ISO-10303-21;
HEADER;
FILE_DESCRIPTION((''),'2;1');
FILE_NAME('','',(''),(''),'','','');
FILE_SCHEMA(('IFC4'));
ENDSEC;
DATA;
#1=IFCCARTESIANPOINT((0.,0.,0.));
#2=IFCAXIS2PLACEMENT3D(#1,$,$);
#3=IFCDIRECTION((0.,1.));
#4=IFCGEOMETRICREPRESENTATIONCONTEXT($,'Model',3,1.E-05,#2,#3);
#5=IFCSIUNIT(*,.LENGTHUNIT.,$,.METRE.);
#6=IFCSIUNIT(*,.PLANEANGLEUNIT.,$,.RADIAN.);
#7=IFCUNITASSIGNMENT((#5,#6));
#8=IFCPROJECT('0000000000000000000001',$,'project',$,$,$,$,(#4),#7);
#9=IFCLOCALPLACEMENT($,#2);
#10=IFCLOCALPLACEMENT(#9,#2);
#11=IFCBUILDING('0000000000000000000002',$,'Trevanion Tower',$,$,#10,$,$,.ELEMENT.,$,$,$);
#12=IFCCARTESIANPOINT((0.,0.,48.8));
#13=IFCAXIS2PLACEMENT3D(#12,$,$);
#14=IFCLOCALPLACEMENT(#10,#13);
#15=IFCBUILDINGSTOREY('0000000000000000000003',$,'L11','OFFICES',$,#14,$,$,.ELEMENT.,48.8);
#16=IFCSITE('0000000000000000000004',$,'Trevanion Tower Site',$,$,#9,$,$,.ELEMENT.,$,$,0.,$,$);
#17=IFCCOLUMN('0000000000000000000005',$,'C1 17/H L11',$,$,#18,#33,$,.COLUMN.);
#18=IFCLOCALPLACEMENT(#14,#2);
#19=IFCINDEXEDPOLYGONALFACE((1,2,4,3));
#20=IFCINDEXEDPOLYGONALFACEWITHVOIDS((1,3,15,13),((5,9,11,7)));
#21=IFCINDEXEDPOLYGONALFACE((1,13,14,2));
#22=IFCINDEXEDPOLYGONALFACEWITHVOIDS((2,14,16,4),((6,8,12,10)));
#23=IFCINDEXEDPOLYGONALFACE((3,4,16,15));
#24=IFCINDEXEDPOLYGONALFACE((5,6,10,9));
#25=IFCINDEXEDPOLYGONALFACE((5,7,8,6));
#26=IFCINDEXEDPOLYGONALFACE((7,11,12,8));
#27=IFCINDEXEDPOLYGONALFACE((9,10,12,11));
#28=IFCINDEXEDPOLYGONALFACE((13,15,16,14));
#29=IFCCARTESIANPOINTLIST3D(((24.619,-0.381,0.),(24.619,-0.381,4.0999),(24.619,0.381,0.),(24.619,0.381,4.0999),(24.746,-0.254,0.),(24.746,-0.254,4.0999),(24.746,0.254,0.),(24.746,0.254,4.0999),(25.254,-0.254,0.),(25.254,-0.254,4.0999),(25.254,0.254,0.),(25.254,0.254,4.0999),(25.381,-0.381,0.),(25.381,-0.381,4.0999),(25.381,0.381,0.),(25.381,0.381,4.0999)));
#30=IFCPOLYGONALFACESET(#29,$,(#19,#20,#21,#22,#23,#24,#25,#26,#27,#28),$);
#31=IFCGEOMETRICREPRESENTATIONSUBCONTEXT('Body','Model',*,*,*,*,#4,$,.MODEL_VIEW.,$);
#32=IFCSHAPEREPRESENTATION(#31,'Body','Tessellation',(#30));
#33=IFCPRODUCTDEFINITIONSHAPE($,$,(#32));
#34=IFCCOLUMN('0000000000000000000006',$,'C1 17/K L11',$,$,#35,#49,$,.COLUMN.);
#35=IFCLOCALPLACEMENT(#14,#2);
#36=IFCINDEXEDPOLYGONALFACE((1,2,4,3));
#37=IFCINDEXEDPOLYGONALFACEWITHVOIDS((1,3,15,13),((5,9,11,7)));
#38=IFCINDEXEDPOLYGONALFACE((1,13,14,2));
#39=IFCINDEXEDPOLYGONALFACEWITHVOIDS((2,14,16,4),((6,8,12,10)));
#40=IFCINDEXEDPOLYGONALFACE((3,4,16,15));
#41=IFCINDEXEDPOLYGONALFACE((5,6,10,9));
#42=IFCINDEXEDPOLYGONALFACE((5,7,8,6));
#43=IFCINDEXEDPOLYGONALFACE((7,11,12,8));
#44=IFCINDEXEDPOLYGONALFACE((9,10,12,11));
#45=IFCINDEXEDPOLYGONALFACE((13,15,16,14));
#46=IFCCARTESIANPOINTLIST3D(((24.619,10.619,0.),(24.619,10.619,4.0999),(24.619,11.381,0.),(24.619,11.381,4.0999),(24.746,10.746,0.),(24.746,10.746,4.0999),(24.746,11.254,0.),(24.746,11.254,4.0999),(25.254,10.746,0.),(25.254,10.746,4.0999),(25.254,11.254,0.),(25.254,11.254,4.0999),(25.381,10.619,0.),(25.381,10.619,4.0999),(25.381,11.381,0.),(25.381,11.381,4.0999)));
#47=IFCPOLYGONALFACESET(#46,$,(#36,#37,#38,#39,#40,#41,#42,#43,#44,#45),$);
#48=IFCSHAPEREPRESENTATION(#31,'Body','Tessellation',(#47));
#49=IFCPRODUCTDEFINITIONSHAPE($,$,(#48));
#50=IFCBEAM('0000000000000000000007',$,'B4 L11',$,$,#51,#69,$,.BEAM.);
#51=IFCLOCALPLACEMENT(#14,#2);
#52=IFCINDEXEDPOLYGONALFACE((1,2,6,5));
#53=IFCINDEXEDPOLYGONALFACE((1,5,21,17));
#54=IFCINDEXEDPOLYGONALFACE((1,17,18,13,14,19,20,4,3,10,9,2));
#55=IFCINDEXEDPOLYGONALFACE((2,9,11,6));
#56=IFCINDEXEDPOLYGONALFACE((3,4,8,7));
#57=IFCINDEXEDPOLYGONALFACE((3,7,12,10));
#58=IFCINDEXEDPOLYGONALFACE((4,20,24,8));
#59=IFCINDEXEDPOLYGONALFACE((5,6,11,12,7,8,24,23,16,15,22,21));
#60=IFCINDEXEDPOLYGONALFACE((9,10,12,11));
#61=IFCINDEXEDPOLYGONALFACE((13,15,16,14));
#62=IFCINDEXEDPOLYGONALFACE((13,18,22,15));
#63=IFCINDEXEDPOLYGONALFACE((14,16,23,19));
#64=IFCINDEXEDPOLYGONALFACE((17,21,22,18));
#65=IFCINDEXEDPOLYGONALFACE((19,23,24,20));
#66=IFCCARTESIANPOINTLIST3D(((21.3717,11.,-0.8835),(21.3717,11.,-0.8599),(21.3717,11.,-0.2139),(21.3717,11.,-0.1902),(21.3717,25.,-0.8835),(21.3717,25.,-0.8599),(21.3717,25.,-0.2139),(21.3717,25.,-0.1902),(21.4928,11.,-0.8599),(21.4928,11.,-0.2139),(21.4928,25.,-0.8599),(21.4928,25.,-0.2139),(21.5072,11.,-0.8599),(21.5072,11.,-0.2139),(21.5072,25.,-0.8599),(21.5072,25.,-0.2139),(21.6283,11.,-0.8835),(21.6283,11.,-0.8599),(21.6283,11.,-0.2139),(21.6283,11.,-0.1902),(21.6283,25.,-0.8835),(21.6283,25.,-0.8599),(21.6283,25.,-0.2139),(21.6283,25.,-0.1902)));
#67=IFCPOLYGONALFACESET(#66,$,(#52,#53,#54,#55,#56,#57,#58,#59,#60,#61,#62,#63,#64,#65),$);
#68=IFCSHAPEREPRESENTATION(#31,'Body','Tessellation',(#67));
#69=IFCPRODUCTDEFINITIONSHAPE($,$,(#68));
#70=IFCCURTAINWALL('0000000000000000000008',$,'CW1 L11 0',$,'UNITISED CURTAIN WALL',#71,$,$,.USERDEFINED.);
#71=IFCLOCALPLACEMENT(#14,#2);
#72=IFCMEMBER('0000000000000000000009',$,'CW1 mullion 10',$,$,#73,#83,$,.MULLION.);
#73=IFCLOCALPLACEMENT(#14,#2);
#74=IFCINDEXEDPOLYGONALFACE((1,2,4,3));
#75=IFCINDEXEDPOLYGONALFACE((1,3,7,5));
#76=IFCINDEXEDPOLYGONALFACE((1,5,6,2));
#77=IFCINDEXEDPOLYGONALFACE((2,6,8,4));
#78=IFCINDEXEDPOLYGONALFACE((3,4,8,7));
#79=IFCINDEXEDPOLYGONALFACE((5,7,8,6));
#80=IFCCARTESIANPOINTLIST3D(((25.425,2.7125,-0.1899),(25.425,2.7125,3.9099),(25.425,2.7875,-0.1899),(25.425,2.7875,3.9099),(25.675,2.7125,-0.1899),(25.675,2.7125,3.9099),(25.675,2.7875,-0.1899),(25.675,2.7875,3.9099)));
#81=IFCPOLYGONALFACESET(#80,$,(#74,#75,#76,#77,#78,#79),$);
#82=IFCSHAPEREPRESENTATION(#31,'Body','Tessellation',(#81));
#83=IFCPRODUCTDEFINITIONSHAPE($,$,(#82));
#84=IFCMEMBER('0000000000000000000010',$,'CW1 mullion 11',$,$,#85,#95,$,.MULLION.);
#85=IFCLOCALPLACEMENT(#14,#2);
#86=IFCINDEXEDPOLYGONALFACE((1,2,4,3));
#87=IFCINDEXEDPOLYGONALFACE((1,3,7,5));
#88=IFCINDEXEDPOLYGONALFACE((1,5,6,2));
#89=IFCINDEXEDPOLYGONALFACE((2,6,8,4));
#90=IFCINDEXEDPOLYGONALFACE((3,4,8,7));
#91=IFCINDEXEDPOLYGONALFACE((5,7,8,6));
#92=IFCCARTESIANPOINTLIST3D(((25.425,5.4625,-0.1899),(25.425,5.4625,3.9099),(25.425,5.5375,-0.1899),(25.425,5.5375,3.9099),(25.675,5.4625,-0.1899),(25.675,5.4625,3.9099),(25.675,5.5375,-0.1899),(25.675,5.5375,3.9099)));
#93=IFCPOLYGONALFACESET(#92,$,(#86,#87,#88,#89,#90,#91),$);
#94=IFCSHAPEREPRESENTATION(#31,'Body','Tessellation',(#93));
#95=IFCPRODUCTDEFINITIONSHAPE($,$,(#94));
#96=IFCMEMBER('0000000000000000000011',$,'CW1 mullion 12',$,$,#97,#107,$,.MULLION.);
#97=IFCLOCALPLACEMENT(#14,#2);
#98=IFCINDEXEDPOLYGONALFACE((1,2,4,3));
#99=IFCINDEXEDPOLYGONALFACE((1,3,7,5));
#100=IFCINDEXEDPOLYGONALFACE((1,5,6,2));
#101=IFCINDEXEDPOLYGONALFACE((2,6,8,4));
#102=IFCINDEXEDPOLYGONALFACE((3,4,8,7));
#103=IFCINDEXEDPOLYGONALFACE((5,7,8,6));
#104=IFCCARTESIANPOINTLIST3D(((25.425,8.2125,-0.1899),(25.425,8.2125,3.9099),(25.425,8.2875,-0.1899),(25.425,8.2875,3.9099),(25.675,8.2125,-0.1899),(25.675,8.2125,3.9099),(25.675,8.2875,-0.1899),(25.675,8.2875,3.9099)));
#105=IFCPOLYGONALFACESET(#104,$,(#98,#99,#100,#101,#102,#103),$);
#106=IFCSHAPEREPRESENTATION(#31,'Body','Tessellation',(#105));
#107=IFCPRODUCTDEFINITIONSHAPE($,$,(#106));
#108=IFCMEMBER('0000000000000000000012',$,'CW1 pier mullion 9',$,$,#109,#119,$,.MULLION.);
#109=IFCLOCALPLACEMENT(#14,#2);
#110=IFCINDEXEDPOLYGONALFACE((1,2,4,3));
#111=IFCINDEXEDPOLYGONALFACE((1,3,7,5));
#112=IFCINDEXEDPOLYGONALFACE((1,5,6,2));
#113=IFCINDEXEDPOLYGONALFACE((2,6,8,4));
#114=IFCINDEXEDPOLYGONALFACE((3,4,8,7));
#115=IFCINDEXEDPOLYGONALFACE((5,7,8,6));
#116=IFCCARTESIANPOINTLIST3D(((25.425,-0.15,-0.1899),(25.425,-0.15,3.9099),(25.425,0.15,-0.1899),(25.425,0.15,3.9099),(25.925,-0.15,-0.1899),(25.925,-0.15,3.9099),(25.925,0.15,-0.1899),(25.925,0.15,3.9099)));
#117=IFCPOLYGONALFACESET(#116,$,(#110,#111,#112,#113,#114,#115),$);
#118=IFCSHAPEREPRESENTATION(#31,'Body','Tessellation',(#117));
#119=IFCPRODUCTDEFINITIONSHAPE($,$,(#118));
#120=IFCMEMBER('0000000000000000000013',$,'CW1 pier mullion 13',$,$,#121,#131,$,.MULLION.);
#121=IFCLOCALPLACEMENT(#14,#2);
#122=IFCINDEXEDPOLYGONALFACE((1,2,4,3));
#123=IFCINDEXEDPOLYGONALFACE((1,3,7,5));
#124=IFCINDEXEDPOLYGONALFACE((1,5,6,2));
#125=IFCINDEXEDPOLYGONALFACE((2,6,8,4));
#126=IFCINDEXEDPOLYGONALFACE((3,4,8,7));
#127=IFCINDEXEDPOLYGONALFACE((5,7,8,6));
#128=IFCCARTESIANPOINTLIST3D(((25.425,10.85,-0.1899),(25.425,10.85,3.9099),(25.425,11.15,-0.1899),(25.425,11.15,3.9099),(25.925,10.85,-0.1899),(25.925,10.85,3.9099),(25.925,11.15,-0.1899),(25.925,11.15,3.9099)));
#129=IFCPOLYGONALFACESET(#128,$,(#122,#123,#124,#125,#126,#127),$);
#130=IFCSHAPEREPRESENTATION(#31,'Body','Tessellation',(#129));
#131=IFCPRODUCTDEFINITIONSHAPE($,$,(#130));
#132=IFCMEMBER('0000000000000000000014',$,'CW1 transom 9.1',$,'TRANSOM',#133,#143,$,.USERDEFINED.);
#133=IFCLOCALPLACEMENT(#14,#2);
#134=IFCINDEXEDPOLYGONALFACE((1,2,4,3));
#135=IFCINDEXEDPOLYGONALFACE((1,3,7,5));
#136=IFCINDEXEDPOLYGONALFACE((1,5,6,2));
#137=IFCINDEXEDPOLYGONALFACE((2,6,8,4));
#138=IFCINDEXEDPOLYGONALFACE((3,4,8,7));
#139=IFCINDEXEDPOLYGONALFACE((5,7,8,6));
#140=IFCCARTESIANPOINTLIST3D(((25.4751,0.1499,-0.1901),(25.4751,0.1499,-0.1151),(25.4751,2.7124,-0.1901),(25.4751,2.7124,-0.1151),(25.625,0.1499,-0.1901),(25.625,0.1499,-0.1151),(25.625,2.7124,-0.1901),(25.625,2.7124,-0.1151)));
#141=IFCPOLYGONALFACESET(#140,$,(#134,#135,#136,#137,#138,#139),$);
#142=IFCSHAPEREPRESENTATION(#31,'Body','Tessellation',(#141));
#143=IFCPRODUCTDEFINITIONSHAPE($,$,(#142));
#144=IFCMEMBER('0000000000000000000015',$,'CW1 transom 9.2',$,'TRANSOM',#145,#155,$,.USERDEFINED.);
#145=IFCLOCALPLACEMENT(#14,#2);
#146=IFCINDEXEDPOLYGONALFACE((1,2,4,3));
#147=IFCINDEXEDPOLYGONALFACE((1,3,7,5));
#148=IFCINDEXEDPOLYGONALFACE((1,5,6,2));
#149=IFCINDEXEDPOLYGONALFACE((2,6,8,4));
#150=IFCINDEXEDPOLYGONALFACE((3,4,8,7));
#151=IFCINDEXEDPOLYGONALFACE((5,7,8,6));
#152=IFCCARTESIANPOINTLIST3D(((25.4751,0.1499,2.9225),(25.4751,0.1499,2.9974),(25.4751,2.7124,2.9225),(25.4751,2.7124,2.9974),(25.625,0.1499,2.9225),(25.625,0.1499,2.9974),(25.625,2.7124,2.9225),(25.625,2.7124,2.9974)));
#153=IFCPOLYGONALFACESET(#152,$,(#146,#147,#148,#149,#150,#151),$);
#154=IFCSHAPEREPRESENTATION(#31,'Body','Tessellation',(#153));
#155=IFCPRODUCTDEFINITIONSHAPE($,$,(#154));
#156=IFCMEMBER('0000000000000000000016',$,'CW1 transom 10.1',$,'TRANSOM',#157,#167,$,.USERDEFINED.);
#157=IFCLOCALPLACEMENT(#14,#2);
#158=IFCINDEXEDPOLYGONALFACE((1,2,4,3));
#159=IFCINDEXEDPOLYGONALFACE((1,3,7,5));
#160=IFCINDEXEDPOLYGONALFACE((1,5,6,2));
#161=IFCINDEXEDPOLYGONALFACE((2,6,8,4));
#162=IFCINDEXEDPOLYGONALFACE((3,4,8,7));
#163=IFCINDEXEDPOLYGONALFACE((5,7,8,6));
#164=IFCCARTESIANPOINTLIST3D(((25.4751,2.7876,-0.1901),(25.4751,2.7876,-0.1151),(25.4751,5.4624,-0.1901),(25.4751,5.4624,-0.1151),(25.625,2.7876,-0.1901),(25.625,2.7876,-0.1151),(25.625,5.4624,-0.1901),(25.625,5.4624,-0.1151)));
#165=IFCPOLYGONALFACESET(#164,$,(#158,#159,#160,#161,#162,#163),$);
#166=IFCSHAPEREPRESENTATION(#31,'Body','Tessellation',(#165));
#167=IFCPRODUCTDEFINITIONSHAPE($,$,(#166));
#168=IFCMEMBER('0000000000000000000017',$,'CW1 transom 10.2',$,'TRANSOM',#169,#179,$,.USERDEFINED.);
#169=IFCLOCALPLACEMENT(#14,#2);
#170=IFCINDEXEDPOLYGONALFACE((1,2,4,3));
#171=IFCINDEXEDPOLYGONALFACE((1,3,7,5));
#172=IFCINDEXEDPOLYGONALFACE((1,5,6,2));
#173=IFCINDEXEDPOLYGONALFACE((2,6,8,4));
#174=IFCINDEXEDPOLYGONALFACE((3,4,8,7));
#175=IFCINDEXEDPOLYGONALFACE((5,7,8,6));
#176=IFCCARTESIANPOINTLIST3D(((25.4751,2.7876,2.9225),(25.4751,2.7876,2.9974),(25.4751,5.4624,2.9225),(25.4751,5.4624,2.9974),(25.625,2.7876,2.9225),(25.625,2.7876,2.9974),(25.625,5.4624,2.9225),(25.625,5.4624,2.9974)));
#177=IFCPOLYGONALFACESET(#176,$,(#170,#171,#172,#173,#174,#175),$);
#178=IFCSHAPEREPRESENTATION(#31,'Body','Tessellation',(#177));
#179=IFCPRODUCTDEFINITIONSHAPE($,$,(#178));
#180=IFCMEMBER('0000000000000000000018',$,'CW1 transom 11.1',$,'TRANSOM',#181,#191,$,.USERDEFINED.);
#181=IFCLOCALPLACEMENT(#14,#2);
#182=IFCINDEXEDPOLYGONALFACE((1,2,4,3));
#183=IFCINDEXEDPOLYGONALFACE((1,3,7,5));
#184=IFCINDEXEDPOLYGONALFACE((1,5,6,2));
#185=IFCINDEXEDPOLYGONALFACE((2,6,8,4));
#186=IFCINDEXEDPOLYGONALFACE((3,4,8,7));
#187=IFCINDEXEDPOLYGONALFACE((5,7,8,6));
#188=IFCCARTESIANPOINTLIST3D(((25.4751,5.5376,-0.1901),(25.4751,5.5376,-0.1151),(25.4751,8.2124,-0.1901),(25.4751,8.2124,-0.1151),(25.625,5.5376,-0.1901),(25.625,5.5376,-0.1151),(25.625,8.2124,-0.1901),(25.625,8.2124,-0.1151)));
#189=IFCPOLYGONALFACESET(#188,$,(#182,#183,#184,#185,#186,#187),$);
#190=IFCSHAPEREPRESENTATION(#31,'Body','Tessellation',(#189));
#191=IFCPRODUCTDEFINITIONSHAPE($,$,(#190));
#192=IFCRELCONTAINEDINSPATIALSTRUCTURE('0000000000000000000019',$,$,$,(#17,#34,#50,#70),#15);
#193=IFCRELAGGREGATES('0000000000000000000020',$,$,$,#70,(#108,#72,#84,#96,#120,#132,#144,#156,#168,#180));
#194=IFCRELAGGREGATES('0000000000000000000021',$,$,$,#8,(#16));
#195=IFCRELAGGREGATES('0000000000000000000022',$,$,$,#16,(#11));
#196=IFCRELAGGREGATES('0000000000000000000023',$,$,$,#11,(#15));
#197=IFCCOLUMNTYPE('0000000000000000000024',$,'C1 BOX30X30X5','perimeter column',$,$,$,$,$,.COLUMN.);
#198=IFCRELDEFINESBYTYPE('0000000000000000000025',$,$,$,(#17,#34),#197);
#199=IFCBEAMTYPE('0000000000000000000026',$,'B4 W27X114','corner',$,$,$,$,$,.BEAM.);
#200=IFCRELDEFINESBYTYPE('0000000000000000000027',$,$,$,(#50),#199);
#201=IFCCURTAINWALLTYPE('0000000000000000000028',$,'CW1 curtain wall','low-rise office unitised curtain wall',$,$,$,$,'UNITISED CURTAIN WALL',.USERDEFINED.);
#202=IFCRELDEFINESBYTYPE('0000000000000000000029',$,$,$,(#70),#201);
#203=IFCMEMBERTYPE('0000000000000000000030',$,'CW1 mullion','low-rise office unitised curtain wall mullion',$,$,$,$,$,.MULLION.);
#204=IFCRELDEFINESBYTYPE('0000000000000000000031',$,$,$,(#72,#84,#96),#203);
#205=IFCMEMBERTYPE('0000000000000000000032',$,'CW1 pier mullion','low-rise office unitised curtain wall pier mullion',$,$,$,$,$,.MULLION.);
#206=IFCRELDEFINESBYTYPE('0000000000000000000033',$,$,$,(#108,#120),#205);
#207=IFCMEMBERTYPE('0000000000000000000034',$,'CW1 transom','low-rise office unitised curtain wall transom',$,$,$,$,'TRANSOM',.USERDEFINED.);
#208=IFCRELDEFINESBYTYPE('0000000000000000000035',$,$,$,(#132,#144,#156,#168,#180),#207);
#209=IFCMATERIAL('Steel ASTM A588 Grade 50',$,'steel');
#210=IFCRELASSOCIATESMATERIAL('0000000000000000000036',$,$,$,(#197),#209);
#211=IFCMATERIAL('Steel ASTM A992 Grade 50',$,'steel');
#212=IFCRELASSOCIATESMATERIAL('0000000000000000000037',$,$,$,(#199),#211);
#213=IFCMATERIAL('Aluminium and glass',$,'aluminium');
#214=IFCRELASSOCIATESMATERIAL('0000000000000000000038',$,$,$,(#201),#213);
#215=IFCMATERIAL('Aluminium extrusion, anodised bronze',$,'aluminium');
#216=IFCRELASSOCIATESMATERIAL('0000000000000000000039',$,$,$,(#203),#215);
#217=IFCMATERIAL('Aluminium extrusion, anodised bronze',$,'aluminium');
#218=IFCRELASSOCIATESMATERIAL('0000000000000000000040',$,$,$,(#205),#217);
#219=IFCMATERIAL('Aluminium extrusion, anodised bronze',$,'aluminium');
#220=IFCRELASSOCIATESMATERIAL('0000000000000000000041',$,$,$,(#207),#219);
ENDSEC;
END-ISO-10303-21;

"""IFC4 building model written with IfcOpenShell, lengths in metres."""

from ifc_helpers import new_model, si_unit, direction, frame, origin, origin_2d, place, context, subcontext, project, spatial, rectangle, hollow_rectangle, i_section, extrude, material, material_profile, profile_set, type_object, element, aggregate, save


model = new_model("IFC4")

# Units and contexts
model_context = context("Model", 3, precision=1e-05, world=origin(), true_north=direction((0.0, 1.0)))
body_context = subcontext(model_context, "Body", "Model", "MODEL_VIEW")
ifc_project = project(units=[si_unit("LENGTHUNIT", "METRE"), si_unit("PLANEANGLEUNIT", "RADIAN")], contexts=[model_context])

# Site, building, storey
site_placement = place(None, origin())
site = spatial("IfcSite", under=ifc_project, at=site_placement, Name="Trevanion Tower Site", CompositionType="ELEMENT", RefElevation=0.0)
building_placement = place(site_placement, origin())
building = spatial("IfcBuilding", under=site, at=building_placement, Name="Trevanion Tower", CompositionType="ELEMENT")
storey_placement = place(building_placement, frame((0.0, 0.0, 48.8)))
storey = spatial("IfcBuildingStorey", under=building, at=storey_placement, Name="L11", Description="OFFICES", CompositionType="ELEMENT", Elevation=48.8)

# Columns
ifc_material_1 = material(Name="Steel ASTM A588 Grade 50", Category="steel")
ifc_material_profile_1 = material_profile(ifc_material_1, hollow_rectangle(XDim=0.762, YDim=0.762, WallThickness=0.127, at=origin_2d()), Name="BOX30X30X5")
ifc_profile_set_1 = profile_set([ifc_material_profile_1], Name="Steel ASTM A588 Grade 50")
column_type = type_object("IfcColumnType", Name="C1 BOX30X30X5", Description="perimeter column", PredefinedType="COLUMN", material=ifc_profile_set_1)
for number, where, z_axis, x_axis, name in (
    (1, (25.0, 0.0, 0.0), (0.0, 0.0, 1.0), (0.0, 1.0, 0.0), "C1 17/H L11"),
    (2, (25.0, 11.0, 0.0), (0.0, 0.0, 1.0), (0.0, 1.0, 0.0), "C1 17/K L11"),
):
    element("IfcColumn", number, at=place(storey_placement, frame(where, z_axis=z_axis, x_axis=x_axis)), inside=storey, type_object=column_type, Name=name, PredefinedType="COLUMN", context=body_context, shape_type="SweptSolid", body=[
        extrude(hollow_rectangle(XDim=0.762, YDim=0.762, WallThickness=0.127, at=origin_2d()), origin(), (0.0, 0.0, 1.0), 4.0999),
    ])

# Beam
ifc_material_2 = material(Name="Steel ASTM A992 Grade 50", Category="steel")
ifc_material_profile_2 = material_profile(ifc_material_2, i_section(OverallWidth=0.2566, OverallDepth=0.6934, WebThickness=0.0144, FlangeThickness=0.0237, at=origin_2d()), Name="W27X114")
ifc_profile_set_2 = profile_set([ifc_material_profile_2], Name="Steel ASTM A992 Grade 50")
beam_type_1 = type_object("IfcBeamType", Name="B4 W27X114", Description="corner", PredefinedType="BEAM", material=ifc_profile_set_2)
beam_1_placement = place(storey_placement, frame((21.5, 11.0, -0.5369), z_axis=(0.0, 1.0, 0.0), x_axis=(-1.0, 0.0, 0.0)))
element("IfcBeam", 3, at=beam_1_placement, inside=storey, type_object=beam_type_1, Name="B4 L11", PredefinedType="BEAM", context=body_context, shape_type="SweptSolid", body=[
    extrude(i_section(OverallWidth=0.2566, OverallDepth=0.6934, WebThickness=0.0144, FlangeThickness=0.0237, at=origin_2d()), origin(), (0.0, 0.0, 1.0), 14.0),
])

# Curtain wall, members
ifc_material_3 = material(Name="Aluminium and glass", Category="aluminium")
curtain_wall_type = type_object("IfcCurtainWallType", Name="CW1 curtain wall", Description="low-rise office unitised curtain wall", ElementType="UNITISED CURTAIN WALL", PredefinedType="USERDEFINED", material=ifc_material_3)
curtain_wall_placement = place(storey_placement, origin())
curtain_wall = element("IfcCurtainWall", 4, at=curtain_wall_placement, inside=storey, type_object=curtain_wall_type, Name="CW1 L11 0", ObjectType="UNITISED CURTAIN WALL", PredefinedType="USERDEFINED")
ifc_material_4 = material(Name="Aluminium extrusion, anodised bronze", Category="aluminium")
ifc_material_profile_3 = material_profile(ifc_material_4, rectangle(XDim=0.075, YDim=0.25, at=origin_2d()), Name="CW1 mullion")
ifc_profile_set_3 = profile_set([ifc_material_profile_3], Name="Aluminium extrusion, anodised bronze")
member_type_1 = type_object("IfcMemberType", Name="CW1 mullion", Description="low-rise office unitised curtain wall mullion", PredefinedType="MULLION", material=ifc_profile_set_3)
member_1_placement = place(storey_placement, frame((25.55, 2.75, -0.1899), z_axis=(0.0, 0.0, 1.0), x_axis=(0.0, 1.0, 0.0)))
member_1 = element("IfcMember", 5, at=member_1_placement, type_object=member_type_1, Name="CW1 mullion 10", PredefinedType="MULLION", context=body_context, shape_type="SweptSolid", body=[
    extrude(rectangle(XDim=0.075, YDim=0.25, at=origin_2d()), origin(), (0.0, 0.0, 1.0), 4.0999),
])
member_2_placement = place(storey_placement, frame((25.55, 5.5, -0.1899), z_axis=(0.0, 0.0, 1.0), x_axis=(0.0, 1.0, 0.0)))
member_2 = element("IfcMember", 6, at=member_2_placement, type_object=member_type_1, Name="CW1 mullion 11", PredefinedType="MULLION", context=body_context, shape_type="SweptSolid", body=[
    extrude(rectangle(XDim=0.075, YDim=0.25, at=origin_2d()), origin(), (0.0, 0.0, 1.0), 4.0999),
])
member_3_placement = place(storey_placement, frame((25.55, 8.25, -0.1899), z_axis=(0.0, 0.0, 1.0), x_axis=(0.0, 1.0, 0.0)))
member_3 = element("IfcMember", 7, at=member_3_placement, type_object=member_type_1, Name="CW1 mullion 12", PredefinedType="MULLION", context=body_context, shape_type="SweptSolid", body=[
    extrude(rectangle(XDim=0.075, YDim=0.25, at=origin_2d()), origin(), (0.0, 0.0, 1.0), 4.0999),
])
ifc_material_5 = material(Name="Aluminium extrusion, anodised bronze", Category="aluminium")
ifc_material_profile_4 = material_profile(ifc_material_5, rectangle(XDim=0.3, YDim=0.5, at=origin_2d()), Name="CW1 pier mullion")
ifc_profile_set_4 = profile_set([ifc_material_profile_4], Name="Aluminium extrusion, anodised bronze")
member_type_2 = type_object("IfcMemberType", Name="CW1 pier mullion", Description="low-rise office unitised curtain wall pier mullion", PredefinedType="MULLION", material=ifc_profile_set_4)
member_4_placement = place(storey_placement, frame((25.675, 0.0, -0.1899), z_axis=(0.0, 0.0, 1.0), x_axis=(0.0, 1.0, 0.0)))
member_4 = element("IfcMember", 8, at=member_4_placement, type_object=member_type_2, Name="CW1 pier mullion 9", PredefinedType="MULLION", context=body_context, shape_type="SweptSolid", body=[
    extrude(rectangle(XDim=0.3, YDim=0.5, at=origin_2d()), origin(), (0.0, 0.0, 1.0), 4.0999),
])
member_5_placement = place(storey_placement, frame((25.675, 11.0, -0.1899), z_axis=(0.0, 0.0, 1.0), x_axis=(0.0, 1.0, 0.0)))
member_5 = element("IfcMember", 9, at=member_5_placement, type_object=member_type_2, Name="CW1 pier mullion 13", PredefinedType="MULLION", context=body_context, shape_type="SweptSolid", body=[
    extrude(rectangle(XDim=0.3, YDim=0.5, at=origin_2d()), origin(), (0.0, 0.0, 1.0), 4.0999),
])
ifc_material_6 = material(Name="Aluminium extrusion, anodised bronze", Category="aluminium")
ifc_material_profile_5 = material_profile(ifc_material_6, rectangle(XDim=0.1499, YDim=0.075, at=origin_2d()), Name="CW1 transom")
ifc_profile_set_5 = profile_set([ifc_material_profile_5], Name="Aluminium extrusion, anodised bronze")
member_type_3 = type_object("IfcMemberType", Name="CW1 transom", Description="low-rise office unitised curtain wall transom", ElementType="TRANSOM", PredefinedType="USERDEFINED", material=ifc_profile_set_5)
member_6_placement = place(storey_placement, frame((25.55, 0.1499, -0.1526), z_axis=(0.0, 1.0, 0.0), x_axis=(-1.0, 0.0, 0.0)))
member_6 = element("IfcMember", 10, at=member_6_placement, type_object=member_type_3, Name="CW1 transom 9.1", ObjectType="TRANSOM", PredefinedType="USERDEFINED", context=body_context, shape_type="SweptSolid", body=[
    extrude(rectangle(XDim=0.1499, YDim=0.075, at=origin_2d()), origin(), (0.0, 0.0, 1.0), 2.5625),
])
member_7_placement = place(storey_placement, frame((25.55, 0.1499, 2.96), z_axis=(0.0, 1.0, 0.0), x_axis=(-1.0, 0.0, 0.0)))
member_7 = element("IfcMember", 11, at=member_7_placement, type_object=member_type_3, Name="CW1 transom 9.2", ObjectType="TRANSOM", PredefinedType="USERDEFINED", context=body_context, shape_type="SweptSolid", body=[
    extrude(rectangle(XDim=0.1499, YDim=0.075, at=origin_2d()), origin(), (0.0, 0.0, 1.0), 2.5625),
])
member_8_placement = place(storey_placement, frame((25.55, 2.7876, -0.1526), z_axis=(0.0, 1.0, 0.0), x_axis=(-1.0, 0.0, 0.0)))
member_8 = element("IfcMember", 12, at=member_8_placement, type_object=member_type_3, Name="CW1 transom 10.1", ObjectType="TRANSOM", PredefinedType="USERDEFINED", context=body_context, shape_type="SweptSolid", body=[
    extrude(rectangle(XDim=0.1499, YDim=0.075, at=origin_2d()), origin(), (0.0, 0.0, 1.0), 2.6748),
])
member_9_placement = place(storey_placement, frame((25.55, 2.7876, 2.96), z_axis=(0.0, 1.0, 0.0), x_axis=(-1.0, 0.0, 0.0)))
member_9 = element("IfcMember", 13, at=member_9_placement, type_object=member_type_3, Name="CW1 transom 10.2", ObjectType="TRANSOM", PredefinedType="USERDEFINED", context=body_context, shape_type="SweptSolid", body=[
    extrude(rectangle(XDim=0.1499, YDim=0.075, at=origin_2d()), origin(), (0.0, 0.0, 1.0), 2.6748),
])
member_10_placement = place(storey_placement, frame((25.55, 5.5376, -0.1526), z_axis=(0.0, 1.0, 0.0), x_axis=(-1.0, 0.0, 0.0)))
member_10 = element("IfcMember", 14, at=member_10_placement, type_object=member_type_3, Name="CW1 transom 11.1", ObjectType="TRANSOM", PredefinedType="USERDEFINED", context=body_context, shape_type="SweptSolid", body=[
    extrude(rectangle(XDim=0.1499, YDim=0.075, at=origin_2d()), origin(), (0.0, 0.0, 1.0), 2.6748),
])

aggregate(curtain_wall, [member_4, member_1, member_2, member_3, member_5, member_6, member_7, member_8, member_9, member_10])

save(model, "model.ifc")
